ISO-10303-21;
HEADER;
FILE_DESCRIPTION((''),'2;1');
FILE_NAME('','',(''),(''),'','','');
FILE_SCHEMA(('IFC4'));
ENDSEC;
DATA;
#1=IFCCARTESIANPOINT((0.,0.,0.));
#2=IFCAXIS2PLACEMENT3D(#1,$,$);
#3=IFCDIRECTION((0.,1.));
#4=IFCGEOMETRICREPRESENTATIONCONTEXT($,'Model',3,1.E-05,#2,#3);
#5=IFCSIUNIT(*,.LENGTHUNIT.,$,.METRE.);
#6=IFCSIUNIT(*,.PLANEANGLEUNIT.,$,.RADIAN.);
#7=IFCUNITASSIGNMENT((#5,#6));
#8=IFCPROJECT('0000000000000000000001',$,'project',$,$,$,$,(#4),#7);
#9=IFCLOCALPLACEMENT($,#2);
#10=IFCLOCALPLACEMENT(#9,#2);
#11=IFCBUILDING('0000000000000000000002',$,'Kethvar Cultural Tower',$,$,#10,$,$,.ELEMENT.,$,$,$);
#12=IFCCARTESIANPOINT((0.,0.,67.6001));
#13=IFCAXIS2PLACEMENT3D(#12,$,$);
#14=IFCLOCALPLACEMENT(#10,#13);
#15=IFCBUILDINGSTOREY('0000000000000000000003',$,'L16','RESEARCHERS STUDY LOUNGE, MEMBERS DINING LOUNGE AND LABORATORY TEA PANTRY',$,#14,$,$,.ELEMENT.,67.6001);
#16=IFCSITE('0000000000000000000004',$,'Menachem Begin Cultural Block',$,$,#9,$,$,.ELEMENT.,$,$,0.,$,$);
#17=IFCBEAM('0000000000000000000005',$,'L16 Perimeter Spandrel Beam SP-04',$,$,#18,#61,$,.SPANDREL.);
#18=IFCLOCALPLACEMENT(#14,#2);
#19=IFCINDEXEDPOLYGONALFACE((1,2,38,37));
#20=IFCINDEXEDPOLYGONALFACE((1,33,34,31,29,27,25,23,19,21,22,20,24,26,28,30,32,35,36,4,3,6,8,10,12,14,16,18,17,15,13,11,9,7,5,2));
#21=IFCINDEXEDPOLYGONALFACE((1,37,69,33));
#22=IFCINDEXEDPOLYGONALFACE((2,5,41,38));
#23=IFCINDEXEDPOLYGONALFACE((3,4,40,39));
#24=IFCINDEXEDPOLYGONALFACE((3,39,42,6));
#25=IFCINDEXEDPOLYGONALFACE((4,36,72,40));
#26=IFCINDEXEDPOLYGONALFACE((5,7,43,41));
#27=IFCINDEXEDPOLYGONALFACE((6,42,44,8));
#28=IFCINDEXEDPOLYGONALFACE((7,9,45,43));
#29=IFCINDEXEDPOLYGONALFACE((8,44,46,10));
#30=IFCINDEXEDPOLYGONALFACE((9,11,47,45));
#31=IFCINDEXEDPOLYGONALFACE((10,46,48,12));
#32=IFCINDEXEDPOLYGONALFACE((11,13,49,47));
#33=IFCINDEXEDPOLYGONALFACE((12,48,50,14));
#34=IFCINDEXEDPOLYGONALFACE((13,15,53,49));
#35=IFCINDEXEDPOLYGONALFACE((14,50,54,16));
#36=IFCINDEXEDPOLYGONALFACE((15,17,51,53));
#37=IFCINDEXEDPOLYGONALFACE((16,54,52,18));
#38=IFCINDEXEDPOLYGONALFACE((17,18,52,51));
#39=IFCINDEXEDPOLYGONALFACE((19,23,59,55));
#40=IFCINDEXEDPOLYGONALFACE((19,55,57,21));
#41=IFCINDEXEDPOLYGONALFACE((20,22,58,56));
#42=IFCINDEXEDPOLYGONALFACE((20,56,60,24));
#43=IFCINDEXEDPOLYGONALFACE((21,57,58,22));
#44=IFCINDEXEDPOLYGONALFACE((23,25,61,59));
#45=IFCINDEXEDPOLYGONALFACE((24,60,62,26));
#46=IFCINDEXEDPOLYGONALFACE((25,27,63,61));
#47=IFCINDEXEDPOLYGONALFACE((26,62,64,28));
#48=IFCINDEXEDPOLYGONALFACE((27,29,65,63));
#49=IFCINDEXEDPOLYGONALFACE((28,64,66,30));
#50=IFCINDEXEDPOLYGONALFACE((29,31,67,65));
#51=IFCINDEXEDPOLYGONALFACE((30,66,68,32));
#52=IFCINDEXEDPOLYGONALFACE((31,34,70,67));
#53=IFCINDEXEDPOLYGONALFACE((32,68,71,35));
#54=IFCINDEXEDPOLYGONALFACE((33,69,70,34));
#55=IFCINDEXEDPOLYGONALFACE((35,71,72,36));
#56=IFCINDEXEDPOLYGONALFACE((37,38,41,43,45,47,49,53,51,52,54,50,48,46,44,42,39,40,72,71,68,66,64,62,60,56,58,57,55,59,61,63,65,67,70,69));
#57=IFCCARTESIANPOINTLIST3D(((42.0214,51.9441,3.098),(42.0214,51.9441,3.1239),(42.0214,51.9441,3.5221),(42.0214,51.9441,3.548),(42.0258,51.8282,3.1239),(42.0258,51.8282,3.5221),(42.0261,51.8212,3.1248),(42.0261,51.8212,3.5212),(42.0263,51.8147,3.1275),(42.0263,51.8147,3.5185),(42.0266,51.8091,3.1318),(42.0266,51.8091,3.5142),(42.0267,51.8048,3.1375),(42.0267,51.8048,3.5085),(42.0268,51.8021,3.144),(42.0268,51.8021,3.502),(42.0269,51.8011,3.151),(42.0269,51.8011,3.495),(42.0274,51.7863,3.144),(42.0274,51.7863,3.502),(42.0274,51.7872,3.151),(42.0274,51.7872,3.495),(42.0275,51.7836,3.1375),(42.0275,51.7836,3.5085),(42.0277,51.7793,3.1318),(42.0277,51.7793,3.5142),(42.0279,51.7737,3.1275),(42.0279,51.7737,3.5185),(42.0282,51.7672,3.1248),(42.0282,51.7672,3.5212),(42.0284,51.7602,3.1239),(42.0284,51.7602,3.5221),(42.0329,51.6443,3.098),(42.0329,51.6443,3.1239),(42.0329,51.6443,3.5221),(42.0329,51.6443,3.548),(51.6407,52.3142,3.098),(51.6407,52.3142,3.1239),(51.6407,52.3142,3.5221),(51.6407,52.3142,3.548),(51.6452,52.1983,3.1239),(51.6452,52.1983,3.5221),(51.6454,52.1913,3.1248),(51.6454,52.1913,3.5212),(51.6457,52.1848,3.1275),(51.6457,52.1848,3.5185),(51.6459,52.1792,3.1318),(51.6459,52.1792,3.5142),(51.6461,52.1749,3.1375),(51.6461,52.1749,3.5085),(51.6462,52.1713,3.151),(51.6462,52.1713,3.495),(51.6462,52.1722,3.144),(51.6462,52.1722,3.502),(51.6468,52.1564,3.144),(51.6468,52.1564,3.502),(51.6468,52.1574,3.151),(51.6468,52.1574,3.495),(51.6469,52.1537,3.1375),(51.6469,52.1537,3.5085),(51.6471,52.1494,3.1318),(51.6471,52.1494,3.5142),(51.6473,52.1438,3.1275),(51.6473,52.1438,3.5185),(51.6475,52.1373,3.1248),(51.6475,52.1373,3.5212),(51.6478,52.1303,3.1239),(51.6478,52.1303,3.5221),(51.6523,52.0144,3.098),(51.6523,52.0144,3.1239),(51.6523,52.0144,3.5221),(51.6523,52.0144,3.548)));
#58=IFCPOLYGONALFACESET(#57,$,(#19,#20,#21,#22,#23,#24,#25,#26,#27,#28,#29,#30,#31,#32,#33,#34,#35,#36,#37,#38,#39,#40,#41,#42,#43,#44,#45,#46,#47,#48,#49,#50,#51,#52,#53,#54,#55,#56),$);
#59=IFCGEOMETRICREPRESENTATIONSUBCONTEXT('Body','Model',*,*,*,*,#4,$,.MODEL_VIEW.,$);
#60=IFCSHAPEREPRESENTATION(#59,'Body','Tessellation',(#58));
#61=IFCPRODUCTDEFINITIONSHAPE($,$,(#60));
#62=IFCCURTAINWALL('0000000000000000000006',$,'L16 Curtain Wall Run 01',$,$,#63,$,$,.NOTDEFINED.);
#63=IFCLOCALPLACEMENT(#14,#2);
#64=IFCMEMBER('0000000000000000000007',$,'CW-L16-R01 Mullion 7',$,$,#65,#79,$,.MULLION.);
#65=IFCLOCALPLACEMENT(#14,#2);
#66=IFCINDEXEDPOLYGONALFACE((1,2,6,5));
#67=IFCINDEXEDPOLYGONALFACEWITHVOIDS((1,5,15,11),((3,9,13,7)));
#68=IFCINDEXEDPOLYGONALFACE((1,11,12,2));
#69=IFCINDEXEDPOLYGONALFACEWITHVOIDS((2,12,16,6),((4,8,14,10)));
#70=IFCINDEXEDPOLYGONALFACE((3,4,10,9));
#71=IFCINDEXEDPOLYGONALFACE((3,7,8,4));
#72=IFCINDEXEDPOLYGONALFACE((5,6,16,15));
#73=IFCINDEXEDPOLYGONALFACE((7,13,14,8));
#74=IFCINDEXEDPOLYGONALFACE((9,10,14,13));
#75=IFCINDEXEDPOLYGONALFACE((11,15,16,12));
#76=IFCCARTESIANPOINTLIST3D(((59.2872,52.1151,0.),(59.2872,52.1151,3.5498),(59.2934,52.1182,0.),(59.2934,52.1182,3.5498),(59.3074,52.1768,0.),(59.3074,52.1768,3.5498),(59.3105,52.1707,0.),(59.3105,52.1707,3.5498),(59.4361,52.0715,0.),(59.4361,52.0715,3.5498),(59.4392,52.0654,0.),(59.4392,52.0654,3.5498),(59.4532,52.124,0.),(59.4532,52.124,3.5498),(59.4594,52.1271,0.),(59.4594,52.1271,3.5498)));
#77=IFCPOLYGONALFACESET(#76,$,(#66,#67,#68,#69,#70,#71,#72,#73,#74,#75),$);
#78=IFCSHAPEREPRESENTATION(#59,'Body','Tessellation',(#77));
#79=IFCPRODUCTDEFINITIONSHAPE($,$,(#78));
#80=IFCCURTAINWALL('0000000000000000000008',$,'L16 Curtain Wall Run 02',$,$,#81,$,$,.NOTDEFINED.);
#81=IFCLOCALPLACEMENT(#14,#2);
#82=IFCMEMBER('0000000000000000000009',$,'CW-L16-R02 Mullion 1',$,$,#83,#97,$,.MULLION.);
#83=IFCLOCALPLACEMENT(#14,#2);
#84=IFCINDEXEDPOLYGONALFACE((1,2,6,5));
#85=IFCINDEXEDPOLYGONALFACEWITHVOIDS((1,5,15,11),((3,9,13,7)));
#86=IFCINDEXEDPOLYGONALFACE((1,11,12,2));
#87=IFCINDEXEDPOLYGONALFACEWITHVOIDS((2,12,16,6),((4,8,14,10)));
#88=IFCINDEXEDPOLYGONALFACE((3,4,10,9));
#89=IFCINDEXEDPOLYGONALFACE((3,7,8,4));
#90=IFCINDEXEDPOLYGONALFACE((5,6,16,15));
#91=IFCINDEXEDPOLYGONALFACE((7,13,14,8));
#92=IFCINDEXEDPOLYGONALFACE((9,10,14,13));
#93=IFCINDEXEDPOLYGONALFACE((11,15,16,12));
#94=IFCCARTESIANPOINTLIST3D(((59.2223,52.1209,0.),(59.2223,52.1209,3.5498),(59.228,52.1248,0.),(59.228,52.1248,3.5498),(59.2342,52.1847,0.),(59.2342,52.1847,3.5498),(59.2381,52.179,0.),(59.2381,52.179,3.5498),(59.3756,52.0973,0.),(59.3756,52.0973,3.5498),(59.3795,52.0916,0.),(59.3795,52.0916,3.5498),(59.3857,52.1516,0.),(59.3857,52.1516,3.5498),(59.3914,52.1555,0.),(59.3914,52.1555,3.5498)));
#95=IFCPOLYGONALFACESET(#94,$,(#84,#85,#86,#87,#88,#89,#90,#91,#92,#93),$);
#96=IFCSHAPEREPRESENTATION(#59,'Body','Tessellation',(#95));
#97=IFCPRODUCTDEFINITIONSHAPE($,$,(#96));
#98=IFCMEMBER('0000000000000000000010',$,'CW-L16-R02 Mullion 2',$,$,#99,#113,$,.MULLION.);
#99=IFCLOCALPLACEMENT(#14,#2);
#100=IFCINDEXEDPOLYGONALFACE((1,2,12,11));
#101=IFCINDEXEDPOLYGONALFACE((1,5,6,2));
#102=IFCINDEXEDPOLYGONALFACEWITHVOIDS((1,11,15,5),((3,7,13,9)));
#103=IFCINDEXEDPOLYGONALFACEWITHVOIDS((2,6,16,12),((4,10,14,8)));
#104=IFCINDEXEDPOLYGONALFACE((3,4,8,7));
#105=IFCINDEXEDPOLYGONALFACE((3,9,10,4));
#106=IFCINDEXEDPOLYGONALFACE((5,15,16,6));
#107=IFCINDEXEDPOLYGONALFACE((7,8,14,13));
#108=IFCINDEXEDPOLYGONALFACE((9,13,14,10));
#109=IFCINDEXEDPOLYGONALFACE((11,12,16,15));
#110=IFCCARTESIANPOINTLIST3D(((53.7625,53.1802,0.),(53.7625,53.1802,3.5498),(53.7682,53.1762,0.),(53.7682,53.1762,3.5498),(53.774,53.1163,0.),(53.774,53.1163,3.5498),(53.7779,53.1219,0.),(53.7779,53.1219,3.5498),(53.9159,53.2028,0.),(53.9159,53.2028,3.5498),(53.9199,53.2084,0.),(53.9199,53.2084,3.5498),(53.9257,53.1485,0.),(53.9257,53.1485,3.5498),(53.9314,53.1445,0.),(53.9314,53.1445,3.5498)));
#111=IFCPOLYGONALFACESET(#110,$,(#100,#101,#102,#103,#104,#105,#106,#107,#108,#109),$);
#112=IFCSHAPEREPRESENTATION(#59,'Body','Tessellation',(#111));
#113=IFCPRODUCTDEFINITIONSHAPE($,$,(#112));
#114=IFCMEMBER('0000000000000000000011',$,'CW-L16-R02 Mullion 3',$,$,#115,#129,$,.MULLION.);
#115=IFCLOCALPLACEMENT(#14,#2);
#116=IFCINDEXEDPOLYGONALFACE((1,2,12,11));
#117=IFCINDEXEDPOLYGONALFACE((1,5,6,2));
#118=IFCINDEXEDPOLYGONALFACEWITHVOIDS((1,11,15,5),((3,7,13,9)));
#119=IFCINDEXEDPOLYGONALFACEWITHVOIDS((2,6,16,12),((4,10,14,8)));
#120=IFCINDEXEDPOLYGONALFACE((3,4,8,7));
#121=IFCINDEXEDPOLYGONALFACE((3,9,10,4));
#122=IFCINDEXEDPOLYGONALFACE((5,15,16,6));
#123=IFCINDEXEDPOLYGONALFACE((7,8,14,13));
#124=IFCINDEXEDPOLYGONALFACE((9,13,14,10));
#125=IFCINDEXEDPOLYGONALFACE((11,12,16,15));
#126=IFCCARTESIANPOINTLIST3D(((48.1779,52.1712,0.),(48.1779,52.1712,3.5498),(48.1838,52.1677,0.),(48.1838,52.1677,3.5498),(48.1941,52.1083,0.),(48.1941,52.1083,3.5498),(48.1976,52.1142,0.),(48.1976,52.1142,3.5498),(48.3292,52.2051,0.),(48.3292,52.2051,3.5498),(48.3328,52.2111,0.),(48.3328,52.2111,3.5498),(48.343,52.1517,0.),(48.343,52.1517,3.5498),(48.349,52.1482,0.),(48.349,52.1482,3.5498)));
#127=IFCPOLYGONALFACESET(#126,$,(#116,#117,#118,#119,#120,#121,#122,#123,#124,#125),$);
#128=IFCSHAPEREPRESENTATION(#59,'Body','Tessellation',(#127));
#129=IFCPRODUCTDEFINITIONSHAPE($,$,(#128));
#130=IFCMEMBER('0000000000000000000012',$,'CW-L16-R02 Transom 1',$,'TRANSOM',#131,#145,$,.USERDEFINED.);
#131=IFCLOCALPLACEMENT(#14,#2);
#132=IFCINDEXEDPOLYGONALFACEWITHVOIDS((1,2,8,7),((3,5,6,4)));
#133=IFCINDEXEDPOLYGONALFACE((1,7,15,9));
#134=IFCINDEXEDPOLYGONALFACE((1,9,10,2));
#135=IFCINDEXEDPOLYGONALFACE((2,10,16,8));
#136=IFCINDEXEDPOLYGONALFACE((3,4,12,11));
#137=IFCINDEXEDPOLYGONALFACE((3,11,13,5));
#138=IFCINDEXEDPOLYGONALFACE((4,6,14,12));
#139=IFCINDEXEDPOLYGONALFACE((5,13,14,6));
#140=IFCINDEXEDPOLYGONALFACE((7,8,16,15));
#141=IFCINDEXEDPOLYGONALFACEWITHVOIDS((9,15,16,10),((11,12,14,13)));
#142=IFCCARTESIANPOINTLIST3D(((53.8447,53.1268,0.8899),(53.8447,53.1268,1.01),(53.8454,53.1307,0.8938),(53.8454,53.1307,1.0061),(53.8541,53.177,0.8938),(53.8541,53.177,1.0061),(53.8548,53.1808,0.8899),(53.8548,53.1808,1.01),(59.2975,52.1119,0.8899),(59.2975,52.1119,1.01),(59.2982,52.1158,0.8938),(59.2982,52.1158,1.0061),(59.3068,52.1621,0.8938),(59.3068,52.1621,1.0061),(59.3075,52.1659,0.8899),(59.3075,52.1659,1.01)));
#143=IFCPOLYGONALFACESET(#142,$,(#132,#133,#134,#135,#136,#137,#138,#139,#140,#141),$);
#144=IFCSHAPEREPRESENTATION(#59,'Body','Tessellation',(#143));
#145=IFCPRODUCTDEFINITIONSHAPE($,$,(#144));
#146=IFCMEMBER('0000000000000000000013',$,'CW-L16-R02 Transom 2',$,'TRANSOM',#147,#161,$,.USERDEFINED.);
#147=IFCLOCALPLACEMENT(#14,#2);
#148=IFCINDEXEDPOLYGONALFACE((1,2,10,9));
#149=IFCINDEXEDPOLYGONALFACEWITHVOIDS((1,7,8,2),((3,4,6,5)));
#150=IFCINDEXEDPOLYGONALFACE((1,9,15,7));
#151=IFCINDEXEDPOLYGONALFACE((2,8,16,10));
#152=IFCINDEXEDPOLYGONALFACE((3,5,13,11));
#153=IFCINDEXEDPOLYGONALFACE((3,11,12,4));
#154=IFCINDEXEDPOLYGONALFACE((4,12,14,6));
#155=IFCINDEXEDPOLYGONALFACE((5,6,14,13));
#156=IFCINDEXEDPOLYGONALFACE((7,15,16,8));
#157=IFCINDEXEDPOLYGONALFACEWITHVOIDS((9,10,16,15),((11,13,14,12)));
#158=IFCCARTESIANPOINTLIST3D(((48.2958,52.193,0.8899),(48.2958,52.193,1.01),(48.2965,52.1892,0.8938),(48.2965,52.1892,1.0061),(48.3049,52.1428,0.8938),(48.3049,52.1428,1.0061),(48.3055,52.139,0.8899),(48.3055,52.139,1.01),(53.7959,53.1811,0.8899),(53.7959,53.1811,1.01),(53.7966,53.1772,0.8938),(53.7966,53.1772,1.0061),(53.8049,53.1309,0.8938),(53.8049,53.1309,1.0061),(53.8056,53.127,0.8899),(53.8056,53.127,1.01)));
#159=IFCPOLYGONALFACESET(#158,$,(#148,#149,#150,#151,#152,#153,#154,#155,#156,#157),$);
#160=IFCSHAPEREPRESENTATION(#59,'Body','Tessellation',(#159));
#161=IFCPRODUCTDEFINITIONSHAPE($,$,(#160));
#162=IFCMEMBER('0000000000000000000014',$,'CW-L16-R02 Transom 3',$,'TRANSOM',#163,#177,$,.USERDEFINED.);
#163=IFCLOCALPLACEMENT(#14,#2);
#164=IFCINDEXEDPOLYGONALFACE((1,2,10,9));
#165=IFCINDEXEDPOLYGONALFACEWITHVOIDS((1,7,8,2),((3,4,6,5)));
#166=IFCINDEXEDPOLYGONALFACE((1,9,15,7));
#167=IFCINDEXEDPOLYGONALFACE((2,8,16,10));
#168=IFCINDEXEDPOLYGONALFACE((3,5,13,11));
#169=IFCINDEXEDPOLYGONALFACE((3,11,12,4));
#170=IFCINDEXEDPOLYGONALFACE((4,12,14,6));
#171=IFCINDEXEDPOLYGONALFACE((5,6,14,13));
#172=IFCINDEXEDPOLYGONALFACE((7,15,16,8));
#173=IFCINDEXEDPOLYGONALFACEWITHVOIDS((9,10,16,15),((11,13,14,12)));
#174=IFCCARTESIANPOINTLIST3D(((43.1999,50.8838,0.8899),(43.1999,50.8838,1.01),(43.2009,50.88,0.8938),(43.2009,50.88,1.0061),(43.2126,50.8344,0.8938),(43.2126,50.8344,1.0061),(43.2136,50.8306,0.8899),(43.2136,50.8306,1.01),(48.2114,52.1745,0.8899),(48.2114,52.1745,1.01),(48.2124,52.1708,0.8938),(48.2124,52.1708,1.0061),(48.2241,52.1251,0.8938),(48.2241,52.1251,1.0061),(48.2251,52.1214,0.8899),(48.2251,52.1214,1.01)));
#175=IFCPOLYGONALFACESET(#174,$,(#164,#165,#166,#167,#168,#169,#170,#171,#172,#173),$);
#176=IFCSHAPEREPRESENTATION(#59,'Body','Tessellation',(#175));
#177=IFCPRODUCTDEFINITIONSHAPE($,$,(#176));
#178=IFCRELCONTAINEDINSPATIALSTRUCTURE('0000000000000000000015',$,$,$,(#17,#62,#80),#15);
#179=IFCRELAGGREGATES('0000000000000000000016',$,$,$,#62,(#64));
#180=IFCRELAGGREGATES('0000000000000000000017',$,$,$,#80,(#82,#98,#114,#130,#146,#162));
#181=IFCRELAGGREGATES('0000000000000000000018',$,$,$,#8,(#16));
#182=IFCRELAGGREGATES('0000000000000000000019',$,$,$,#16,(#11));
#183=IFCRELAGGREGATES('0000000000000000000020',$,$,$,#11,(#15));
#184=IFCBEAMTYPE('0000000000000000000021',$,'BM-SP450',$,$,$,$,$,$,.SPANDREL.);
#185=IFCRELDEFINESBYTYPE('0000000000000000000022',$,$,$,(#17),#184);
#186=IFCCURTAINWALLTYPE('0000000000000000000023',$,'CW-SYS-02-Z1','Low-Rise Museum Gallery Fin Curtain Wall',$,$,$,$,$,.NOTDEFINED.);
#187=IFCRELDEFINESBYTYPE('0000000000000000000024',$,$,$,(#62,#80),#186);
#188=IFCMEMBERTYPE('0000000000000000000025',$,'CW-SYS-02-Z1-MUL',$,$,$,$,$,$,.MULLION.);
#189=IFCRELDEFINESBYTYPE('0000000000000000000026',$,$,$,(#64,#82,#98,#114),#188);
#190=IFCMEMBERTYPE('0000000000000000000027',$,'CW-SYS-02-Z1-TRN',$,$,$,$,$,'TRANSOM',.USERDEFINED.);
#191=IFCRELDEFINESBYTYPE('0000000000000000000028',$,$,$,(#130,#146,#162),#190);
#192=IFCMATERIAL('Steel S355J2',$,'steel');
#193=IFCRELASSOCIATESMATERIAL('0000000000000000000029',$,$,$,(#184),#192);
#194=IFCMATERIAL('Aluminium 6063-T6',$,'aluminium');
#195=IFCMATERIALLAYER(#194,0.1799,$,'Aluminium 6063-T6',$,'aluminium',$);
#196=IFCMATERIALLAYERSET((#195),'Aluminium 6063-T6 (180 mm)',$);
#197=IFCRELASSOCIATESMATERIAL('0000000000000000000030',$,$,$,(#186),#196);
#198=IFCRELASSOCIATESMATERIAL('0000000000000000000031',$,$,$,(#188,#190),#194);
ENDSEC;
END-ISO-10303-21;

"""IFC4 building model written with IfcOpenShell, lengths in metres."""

from ifc_helpers import new_model, si_unit, direction, frame, origin, origin_2d, place, context, subcontext, project, spatial, hollow_rectangle, i_section, extrude, source, transform, mapped, material, layer, layer_set, material_profile, profile_set, type_object, element, aggregate, save


model = new_model("IFC4")

# Units and contexts
model_context = context("Model", 3, precision=1e-05, world=origin(), true_north=direction((0.0, 1.0)))
body_context = subcontext(model_context, "Body", "Model", "MODEL_VIEW")
ifc_project = project(units=[si_unit("LENGTHUNIT", "METRE"), si_unit("PLANEANGLEUNIT", "RADIAN")], contexts=[model_context])

# Site, building, storey
site_placement = place(None, origin())
site = spatial("IfcSite", under=ifc_project, at=site_placement, Name="Menachem Begin Cultural Block", CompositionType="ELEMENT", RefElevation=0.0)
building_placement = place(site_placement, origin())
building = spatial("IfcBuilding", under=site, at=building_placement, Name="Kethvar Cultural Tower", CompositionType="ELEMENT")
storey_placement = place(building_placement, frame((0.0, 0.0, 67.6001)))
storey = spatial("IfcBuildingStorey", under=building, at=storey_placement, Name="L16", Description="RESEARCHERS STUDY LOUNGE, MEMBERS DINING LOUNGE AND LABORATORY TEA PANTRY", CompositionType="ELEMENT", Elevation=67.6001)

# Beam
ifc_material_1 = material(Name="Steel S355J2", Category="steel")
ifc_material_profile_1 = material_profile(ifc_material_1, i_section(OverallWidth=0.3, OverallDepth=0.45, WebThickness=0.0139, FlangeThickness=0.0259, FilletRadius=0.0271, at=origin_2d()), Name="Steel S355J2 — HEB450")
ifc_profile_set_1 = profile_set([ifc_material_profile_1], Name="Steel S355J2 — HEB450")
beam_type_1 = type_object("IfcBeamType", Name="BM-SP450", PredefinedType="SPANDREL", material=ifc_profile_set_1)
shared_shape_1 = source(origin(), body_context, "Body", "SweptSolid", [
    extrude(i_section(OverallWidth=0.3, OverallDepth=0.45, WebThickness=0.0139, FlangeThickness=0.0259, FilletRadius=0.0271, at=origin_2d()), origin(), (0.0, 0.0, 1.0), 9.6265),
])
beam_1_placement = place(storey_placement, frame((51.6465, 52.1643, 3.323), z_axis=(-0.999261, -0.038448, 0.0), x_axis=(0.038448, -0.999261, 0.0)))
element("IfcBeam", 1, at=beam_1_placement, inside=storey, type_object=beam_type_1, Name="L16 Perimeter Spandrel Beam SP-04", PredefinedType="SPANDREL", context=body_context, shape_type="MappedRepresentation", body=[
    mapped(shared_shape_1, transform((0.0, 0.0, 0.0), scale=1.0)),
])

# Curtain wall, member
ifc_material_2 = material(Name="Aluminium 6063-T6", Category="aluminium")
ifc_layer_1 = layer(ifc_material_2, 0.1799, Name="Aluminium 6063-T6", Category="aluminium")
ifc_layer_set_1 = layer_set([ifc_layer_1], Name="Aluminium 6063-T6 (180 mm)")
curtain_wall_type = type_object("IfcCurtainWallType", Name="CW-SYS-02-Z1", Description="Low-Rise Museum Gallery Fin Curtain Wall", PredefinedType="NOTDEFINED", material=ifc_layer_set_1)
curtain_wall_1_placement = place(storey_placement, origin())
curtain_wall_1 = element("IfcCurtainWall", 2, at=curtain_wall_1_placement, inside=storey, type_object=curtain_wall_type, Name="L16 Curtain Wall Run 01", PredefinedType="NOTDEFINED")
ifc_material_profile_2 = material_profile(ifc_material_2, hollow_rectangle(XDim=0.0649, YDim=0.1599, WallThickness=0.0049, at=origin_2d()), Name="Aluminium 6063-T6 — RHS160x65x5")
ifc_profile_set_2 = profile_set([ifc_material_profile_2], Name="Aluminium 6063-T6 — RHS160x65x5")
member_type_1 = type_object("IfcMemberType", Name="CW-SYS-02-Z1-MUL", PredefinedType="MULLION", material=ifc_profile_set_2)
shared_shape_2 = source(origin(), body_context, "Body", "SweptSolid", [
    extrude(hollow_rectangle(XDim=0.0649, YDim=0.1599, WallThickness=0.0049, at=origin_2d()), origin(), (0.0, 0.0, 1.0), 3.5498),
])
member_1_placement = place(storey_placement, frame((59.3733, 52.1211, 0.0), z_axis=(0.0, 0.0, 1.0), x_axis=(-0.310842, -0.950461, 0.0)))
member_1 = element("IfcMember", 3, at=member_1_placement, type_object=member_type_1, Name="CW-L16-R01 Mullion 7", PredefinedType="MULLION", context=body_context, shape_type="MappedRepresentation", body=[
    mapped(shared_shape_2, transform((0.0, 0.0, 0.0), scale=1.0)),
])
aggregate(curtain_wall_1, [member_1])

# Curtain wall, members
curtain_wall_2_placement = place(storey_placement, origin())
curtain_wall_2 = element("IfcCurtainWall", 4, at=curtain_wall_2_placement, inside=storey, type_object=curtain_wall_type, Name="L16 Curtain Wall Run 02", PredefinedType="NOTDEFINED")
member_2_placement = place(storey_placement, frame((59.3069, 52.1382, 0.0), z_axis=(0.0, 0.0, 1.0), x_axis=(-0.182991, -0.983115, 0.0)))
member_2 = element("IfcMember", 5, at=member_2_placement, type_object=member_type_1, Name="CW-L16-R02 Mullion 1", PredefinedType="MULLION", context=body_context, shape_type="MappedRepresentation", body=[
    mapped(shared_shape_2, transform((0.0, 0.0, 0.0), scale=1.0)),
])
member_3_placement = place(storey_placement, frame((53.8469, 53.1624, 0.0), z_axis=(0.0, 0.0, 1.0), x_axis=(0.176793, -0.984248, 0.0)))
member_3 = element("IfcMember", 6, at=member_3_placement, type_object=member_type_1, Name="CW-L16-R02 Mullion 2", PredefinedType="MULLION", context=body_context, shape_type="MappedRepresentation", body=[
    mapped(shared_shape_2, transform((0.0, 0.0, 0.0), scale=1.0)),
])
member_4_placement = place(storey_placement, frame((48.2634, 52.1597, 0.0), z_axis=(0.0, 0.0, 1.0), x_axis=(0.249467, -0.968383, 0.0)))
member_4 = element("IfcMember", 7, at=member_4_placement, type_object=member_type_1, Name="CW-L16-R02 Mullion 3", PredefinedType="MULLION", context=body_context, shape_type="MappedRepresentation", body=[
    mapped(shared_shape_2, transform((0.0, 0.0, 0.0), scale=1.0)),
])
ifc_material_profile_3 = material_profile(ifc_material_2, hollow_rectangle(XDim=0.0549, YDim=0.1201, WallThickness=0.0039, at=origin_2d()), Name="Aluminium 6063-T6 — RHS120x55x4")
ifc_profile_set_3 = profile_set([ifc_material_profile_3], Name="Aluminium 6063-T6 — RHS120x55x4")
member_type_2 = type_object("IfcMemberType", Name="CW-SYS-02-Z1-TRN", ElementType="TRANSOM", PredefinedType="USERDEFINED", material=ifc_profile_set_3)
shared_shape_3 = source(origin(), body_context, "Body", "SweptSolid", [
    extrude(hollow_rectangle(XDim=0.0549, YDim=0.1201, WallThickness=0.0039, at=origin_2d()), origin(), (0.0, 0.0, 1.0), 5.5464),
])
member_5_placement = place(storey_placement, frame((59.3025, 52.1389, 0.95), z_axis=(-0.983116, 0.182986, 0.0), x_axis=(-0.182986, -0.983116, 0.0)))
member_5 = element("IfcMember", 8, at=member_5_placement, type_object=member_type_2, Name="CW-L16-R02 Transom 1", ObjectType="TRANSOM", PredefinedType="USERDEFINED", context=body_context, shape_type="MappedRepresentation", body=[
    mapped(shared_shape_3, transform((0.0, 0.0, 0.0), scale=1.0)),
])
shared_shape_4 = source(origin(), body_context, "Body", "SweptSolid", [
    extrude(hollow_rectangle(XDim=0.0549, YDim=0.1201, WallThickness=0.0039, at=origin_2d()), origin(), (0.0, 0.0, 1.0), 5.5881),
])
member_6_placement = place(storey_placement, frame((53.8008, 53.1541, 0.95), z_axis=(-0.984245, -0.176813, 0.0), x_axis=(0.176813, -0.984245, 0.0)))
member_6 = element("IfcMember", 9, at=member_6_placement, type_object=member_type_2, Name="CW-L16-R02 Transom 2", ObjectType="TRANSOM", PredefinedType="USERDEFINED", context=body_context, shape_type="MappedRepresentation", body=[
    mapped(shared_shape_4, transform((0.0, 0.0, 0.0), scale=1.0)),
])
shared_shape_5 = source(origin(), body_context, "Body", "SweptSolid", [
    extrude(hollow_rectangle(XDim=0.0549, YDim=0.1201, WallThickness=0.0039, at=origin_2d()), origin(), (0.0, 0.0, 1.0), 5.175),
])
member_7_placement = place(storey_placement, frame((48.2183, 52.1479, 0.95), z_axis=(-0.968395, -0.249423, 0.0), x_axis=(0.249423, -0.968395, 0.0)))
member_7 = element("IfcMember", 10, at=member_7_placement, type_object=member_type_2, Name="CW-L16-R02 Transom 3", ObjectType="TRANSOM", PredefinedType="USERDEFINED", context=body_context, shape_type="MappedRepresentation", body=[
    mapped(shared_shape_5, transform((0.0, 0.0, 0.0), scale=1.0)),
])
aggregate(curtain_wall_2, [member_2, member_3, member_4, member_5, member_6, member_7])

save(model, "model.ifc")
